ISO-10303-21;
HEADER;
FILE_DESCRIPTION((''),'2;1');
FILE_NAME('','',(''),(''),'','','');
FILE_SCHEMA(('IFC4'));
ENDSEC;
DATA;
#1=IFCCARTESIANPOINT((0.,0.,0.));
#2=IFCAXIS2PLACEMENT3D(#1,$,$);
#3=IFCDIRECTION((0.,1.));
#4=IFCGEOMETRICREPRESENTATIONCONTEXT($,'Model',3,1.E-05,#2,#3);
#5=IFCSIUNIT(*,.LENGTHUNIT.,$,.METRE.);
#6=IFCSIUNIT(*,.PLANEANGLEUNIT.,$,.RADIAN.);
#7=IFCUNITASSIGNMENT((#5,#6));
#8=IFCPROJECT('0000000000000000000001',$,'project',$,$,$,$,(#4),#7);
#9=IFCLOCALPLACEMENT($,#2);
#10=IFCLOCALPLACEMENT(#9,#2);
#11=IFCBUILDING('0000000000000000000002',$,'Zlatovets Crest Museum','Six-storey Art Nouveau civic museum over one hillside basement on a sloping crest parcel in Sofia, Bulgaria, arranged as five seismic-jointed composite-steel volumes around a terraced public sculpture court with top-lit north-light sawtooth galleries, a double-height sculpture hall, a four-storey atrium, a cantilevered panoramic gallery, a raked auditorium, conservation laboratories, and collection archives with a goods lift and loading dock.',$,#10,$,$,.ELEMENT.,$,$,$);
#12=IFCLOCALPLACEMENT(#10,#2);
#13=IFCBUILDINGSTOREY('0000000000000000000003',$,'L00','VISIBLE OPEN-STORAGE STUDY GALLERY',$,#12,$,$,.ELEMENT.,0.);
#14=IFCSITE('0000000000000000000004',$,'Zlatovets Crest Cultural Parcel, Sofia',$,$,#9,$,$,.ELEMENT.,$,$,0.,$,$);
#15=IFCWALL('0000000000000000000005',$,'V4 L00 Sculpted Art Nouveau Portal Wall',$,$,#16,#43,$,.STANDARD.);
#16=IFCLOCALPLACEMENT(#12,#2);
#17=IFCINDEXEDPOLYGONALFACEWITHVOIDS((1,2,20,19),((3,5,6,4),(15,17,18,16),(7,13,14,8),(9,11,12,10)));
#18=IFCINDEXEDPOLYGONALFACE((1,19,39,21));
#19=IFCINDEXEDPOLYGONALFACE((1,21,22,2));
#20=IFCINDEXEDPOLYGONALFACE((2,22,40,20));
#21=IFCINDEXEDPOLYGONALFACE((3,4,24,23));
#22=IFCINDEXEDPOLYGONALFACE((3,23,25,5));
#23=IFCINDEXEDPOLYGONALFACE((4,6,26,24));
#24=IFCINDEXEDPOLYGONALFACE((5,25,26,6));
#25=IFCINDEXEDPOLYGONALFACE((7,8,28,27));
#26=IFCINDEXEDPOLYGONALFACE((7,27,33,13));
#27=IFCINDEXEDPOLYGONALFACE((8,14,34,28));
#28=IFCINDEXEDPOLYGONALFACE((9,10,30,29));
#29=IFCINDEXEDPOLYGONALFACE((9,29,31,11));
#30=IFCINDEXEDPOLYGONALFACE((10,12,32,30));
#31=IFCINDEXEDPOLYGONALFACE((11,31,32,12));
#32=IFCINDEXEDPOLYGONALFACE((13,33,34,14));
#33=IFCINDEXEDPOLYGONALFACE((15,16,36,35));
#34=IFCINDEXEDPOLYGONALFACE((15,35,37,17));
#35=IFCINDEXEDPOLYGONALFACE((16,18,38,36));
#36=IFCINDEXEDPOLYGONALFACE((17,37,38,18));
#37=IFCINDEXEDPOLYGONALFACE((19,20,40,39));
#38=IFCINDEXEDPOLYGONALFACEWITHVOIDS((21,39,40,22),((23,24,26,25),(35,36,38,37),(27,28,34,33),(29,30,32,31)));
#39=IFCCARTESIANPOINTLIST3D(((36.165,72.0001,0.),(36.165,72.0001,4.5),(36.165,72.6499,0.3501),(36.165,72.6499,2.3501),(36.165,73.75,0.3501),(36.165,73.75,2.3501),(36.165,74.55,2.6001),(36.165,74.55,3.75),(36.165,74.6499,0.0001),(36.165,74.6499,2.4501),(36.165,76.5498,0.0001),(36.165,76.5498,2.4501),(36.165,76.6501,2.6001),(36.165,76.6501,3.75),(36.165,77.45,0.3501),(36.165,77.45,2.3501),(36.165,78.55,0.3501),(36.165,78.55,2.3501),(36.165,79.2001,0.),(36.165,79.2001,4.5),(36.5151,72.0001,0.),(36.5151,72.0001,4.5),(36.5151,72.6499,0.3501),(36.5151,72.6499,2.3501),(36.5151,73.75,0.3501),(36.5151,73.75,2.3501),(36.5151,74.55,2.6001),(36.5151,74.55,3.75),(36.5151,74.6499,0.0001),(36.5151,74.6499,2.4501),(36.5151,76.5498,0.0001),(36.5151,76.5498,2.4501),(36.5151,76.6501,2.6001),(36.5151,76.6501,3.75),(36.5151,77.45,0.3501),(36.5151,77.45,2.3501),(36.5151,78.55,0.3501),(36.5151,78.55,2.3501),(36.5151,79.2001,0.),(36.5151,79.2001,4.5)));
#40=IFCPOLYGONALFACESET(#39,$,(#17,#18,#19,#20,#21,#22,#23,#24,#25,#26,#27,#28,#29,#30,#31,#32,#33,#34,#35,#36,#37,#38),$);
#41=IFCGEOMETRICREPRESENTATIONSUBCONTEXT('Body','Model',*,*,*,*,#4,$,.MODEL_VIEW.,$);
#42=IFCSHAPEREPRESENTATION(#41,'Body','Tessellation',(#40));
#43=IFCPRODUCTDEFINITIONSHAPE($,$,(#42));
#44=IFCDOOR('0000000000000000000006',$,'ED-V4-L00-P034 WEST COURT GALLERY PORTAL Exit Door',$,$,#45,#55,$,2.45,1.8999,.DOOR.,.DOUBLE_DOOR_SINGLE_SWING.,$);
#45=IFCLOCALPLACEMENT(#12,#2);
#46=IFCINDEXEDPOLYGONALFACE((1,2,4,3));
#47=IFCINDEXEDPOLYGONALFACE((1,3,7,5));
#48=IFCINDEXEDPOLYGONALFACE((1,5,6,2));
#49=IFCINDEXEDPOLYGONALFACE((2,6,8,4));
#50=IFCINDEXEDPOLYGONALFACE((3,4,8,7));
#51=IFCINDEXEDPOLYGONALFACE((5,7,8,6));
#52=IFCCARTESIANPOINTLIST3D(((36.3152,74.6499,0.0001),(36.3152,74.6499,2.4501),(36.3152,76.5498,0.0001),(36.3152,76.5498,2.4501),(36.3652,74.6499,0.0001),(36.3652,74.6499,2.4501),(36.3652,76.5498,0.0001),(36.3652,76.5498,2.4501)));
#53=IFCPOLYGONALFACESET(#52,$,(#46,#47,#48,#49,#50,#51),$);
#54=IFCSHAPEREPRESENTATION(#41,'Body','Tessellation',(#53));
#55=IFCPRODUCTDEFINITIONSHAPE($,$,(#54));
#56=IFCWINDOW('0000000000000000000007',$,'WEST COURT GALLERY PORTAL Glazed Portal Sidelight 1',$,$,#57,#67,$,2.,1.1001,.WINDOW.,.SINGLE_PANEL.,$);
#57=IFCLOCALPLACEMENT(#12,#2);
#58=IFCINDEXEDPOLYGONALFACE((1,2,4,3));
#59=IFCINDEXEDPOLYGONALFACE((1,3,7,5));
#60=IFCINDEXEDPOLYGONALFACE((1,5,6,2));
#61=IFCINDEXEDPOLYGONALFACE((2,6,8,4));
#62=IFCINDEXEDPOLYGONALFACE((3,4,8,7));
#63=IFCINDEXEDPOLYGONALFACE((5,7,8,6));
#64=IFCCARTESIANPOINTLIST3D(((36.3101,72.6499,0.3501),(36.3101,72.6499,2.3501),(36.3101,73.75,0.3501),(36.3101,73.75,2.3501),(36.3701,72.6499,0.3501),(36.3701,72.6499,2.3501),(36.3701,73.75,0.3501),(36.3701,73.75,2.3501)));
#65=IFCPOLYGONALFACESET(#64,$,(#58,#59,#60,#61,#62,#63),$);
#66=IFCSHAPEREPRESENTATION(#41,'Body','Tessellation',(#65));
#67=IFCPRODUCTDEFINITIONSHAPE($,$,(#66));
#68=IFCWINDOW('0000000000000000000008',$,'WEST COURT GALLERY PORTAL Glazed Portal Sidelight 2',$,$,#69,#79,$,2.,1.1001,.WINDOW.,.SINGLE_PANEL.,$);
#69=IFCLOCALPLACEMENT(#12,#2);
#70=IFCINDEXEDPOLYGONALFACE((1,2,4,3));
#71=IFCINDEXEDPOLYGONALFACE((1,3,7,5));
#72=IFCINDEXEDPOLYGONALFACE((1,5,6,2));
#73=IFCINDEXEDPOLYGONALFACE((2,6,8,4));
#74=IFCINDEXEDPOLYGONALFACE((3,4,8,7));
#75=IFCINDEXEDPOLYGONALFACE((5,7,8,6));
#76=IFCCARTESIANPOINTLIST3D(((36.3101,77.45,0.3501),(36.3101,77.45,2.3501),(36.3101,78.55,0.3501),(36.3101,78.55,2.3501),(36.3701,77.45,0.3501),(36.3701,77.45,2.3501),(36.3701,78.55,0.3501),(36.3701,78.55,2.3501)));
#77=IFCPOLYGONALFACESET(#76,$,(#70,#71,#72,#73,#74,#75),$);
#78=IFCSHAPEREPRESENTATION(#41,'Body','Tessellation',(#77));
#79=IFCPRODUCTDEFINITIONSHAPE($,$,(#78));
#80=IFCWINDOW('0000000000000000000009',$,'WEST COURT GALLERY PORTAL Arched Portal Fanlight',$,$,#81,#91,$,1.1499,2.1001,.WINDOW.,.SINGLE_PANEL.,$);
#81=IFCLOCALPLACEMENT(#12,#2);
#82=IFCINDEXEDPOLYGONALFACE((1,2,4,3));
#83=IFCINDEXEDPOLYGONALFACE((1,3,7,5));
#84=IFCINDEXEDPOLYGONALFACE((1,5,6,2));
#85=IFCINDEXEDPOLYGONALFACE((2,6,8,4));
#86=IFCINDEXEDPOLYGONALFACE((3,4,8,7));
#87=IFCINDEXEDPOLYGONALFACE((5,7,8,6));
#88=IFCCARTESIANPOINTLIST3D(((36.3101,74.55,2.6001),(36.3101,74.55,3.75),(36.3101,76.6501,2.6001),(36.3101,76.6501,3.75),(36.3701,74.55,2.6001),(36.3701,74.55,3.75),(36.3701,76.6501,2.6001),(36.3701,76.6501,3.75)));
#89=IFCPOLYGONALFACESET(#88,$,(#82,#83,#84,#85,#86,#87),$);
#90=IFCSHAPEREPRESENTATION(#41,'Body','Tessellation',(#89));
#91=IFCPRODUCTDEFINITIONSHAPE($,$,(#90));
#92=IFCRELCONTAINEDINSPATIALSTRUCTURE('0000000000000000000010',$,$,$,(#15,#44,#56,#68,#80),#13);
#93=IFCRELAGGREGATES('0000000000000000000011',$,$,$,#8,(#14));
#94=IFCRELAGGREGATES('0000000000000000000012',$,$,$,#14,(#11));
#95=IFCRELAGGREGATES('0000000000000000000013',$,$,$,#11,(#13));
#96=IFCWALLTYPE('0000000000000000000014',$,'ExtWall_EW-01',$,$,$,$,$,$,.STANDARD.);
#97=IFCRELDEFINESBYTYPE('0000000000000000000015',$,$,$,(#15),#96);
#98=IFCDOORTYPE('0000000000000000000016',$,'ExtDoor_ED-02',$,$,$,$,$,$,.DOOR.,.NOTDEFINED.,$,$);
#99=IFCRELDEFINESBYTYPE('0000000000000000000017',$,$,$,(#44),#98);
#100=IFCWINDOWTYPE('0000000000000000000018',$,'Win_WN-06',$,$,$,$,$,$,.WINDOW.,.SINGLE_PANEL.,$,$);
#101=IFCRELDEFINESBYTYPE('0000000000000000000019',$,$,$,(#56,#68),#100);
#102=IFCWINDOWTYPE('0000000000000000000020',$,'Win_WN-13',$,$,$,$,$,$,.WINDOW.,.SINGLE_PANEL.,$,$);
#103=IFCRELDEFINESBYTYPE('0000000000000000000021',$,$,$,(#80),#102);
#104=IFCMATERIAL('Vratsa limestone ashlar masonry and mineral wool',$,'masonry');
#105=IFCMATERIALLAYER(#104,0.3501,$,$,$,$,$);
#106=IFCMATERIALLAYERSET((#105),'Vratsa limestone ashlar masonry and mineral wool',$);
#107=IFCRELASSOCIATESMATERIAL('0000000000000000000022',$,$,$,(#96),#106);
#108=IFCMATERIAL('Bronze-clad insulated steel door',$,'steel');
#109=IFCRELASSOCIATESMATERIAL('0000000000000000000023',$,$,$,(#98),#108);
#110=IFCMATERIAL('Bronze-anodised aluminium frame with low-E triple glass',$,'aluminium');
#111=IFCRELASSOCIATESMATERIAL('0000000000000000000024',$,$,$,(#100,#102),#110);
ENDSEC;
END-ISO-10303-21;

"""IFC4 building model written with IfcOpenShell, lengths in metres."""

from ifc_helpers import new_model, si_unit, direction, frame, frame_2d, origin, place, context, subcontext, project, spatial, rectangle, extrude, material, layer, layer_set, type_object, element, fill, save


model = new_model("IFC4")

# Units and contexts
model_context = context("Model", 3, precision=1e-05, world=origin(), true_north=direction((0.0, 1.0)))
body_context = subcontext(model_context, "Body", "Model", "MODEL_VIEW")
ifc_project = project(units=[si_unit("LENGTHUNIT", "METRE"), si_unit("PLANEANGLEUNIT", "RADIAN")], contexts=[model_context])

# Site, building, storey
site_placement = place(None, origin())
site = spatial("IfcSite", under=ifc_project, at=site_placement, Name="Zlatovets Crest Cultural Parcel, Sofia", CompositionType="ELEMENT", RefElevation=0.0)
building_placement = place(site_placement, origin())
building = spatial("IfcBuilding", under=site, at=building_placement, Name="Zlatovets Crest Museum", Description="Six-storey Art Nouveau civic museum over one hillside basement on a sloping crest parcel in Sofia, Bulgaria, arranged as five seismic-jointed composite-steel volumes around a terraced public sculpture court with top-lit north-light sawtooth galleries, a double-height sculpture hall, a four-storey atrium, a cantilevered panoramic gallery, a raked auditorium, conservation laboratories, and collection archives with a goods lift and loading dock.", CompositionType="ELEMENT")
storey_placement = place(building_placement, origin())
storey = spatial("IfcBuildingStorey", under=building, at=storey_placement, Name="L00", Description="VISIBLE OPEN-STORAGE STUDY GALLERY", CompositionType="ELEMENT", Elevation=0.0)

# Wall, openings, door, windows
ifc_material_1 = material(Name="Vratsa limestone ashlar masonry and mineral wool", Category="masonry")
ifc_layer_1 = layer(ifc_material_1, 0.3501)
ifc_layer_set_1 = layer_set([ifc_layer_1], Name="Vratsa limestone ashlar masonry and mineral wool")
wall_type_1 = type_object("IfcWallType", Name="ExtWall_EW-01", PredefinedType="STANDARD", material=ifc_layer_set_1)
wall_1_placement = place(storey_placement, frame((36.3401, 72.0, 0.0), z_axis=(0.0, 0.0, 1.0), x_axis=(0.0, 1.0, 0.0)))
wall_1 = element("IfcWall", 1, at=wall_1_placement, inside=storey, type_object=wall_type_1, Name="V4 L00 Sculpted Art Nouveau Portal Wall", PredefinedType="STANDARD", context=body_context, shape_type="SweptSolid", body=[
    extrude(rectangle(XDim=7.2, YDim=0.3501, at=frame_2d((3.6001, 0.0))), origin(), (0.0, 0.0, 1.0), 4.5),
])
opening_1_placement = place(wall_1_placement, frame((2.6499, 0.0, 0.0)))
opening_1 = element("IfcOpeningElement", 2, at=opening_1_placement, cuts=wall_1, PredefinedType="OPENING", context=body_context, shape_type="SweptSolid", body=[
    extrude(rectangle(XDim=1.8999, YDim=2.45, at=frame_2d((0.95, 1.2251))), frame((0.0, 0.1851, 0.0), z_axis=(0.0, -1.0, 0.0), x_axis=(1.0, 0.0, 0.0)), (0.0, 0.0, 1.0), 0.3701),
])
opening_2_placement = place(wall_1_placement, frame((2.55, 0.0, 2.6001)))
opening_2 = element("IfcOpeningElement", 3, at=opening_2_placement, cuts=wall_1, PredefinedType="OPENING", context=body_context, shape_type="SweptSolid", body=[
    extrude(rectangle(XDim=2.1001, YDim=1.1499, at=frame_2d((1.05, 0.575))), frame((0.0, 0.1851, 0.0), z_axis=(0.0, -1.0, 0.0), x_axis=(1.0, 0.0, 0.0)), (0.0, 0.0, 1.0), 0.3701),
])
opening_3_placement = place(wall_1_placement, frame((0.6499, 0.0, 0.3501)))
opening_3 = element("IfcOpeningElement", 4, at=opening_3_placement, cuts=wall_1, PredefinedType="OPENING", context=body_context, shape_type="SweptSolid", body=[
    extrude(rectangle(XDim=1.1001, YDim=2.0, at=frame_2d((0.55, 1.0))), frame((0.0, 0.1851, 0.0), z_axis=(0.0, -1.0, 0.0), x_axis=(1.0, 0.0, 0.0)), (0.0, 0.0, 1.0), 0.3701),
])
opening_4_placement = place(wall_1_placement, frame((5.45, 0.0, 0.3501)))
opening_4 = element("IfcOpeningElement", 5, at=opening_4_placement, cuts=wall_1, PredefinedType="OPENING", context=body_context, shape_type="SweptSolid", body=[
    extrude(rectangle(XDim=1.1001, YDim=2.0, at=frame_2d((0.55, 1.0))), frame((0.0, 0.1851, 0.0), z_axis=(0.0, -1.0, 0.0), x_axis=(1.0, 0.0, 0.0)), (0.0, 0.0, 1.0), 0.3701),
])
ifc_material_2 = material(Name="Bronze-clad insulated steel door", Category="steel")
door_type = type_object("IfcDoorType", Name="ExtDoor_ED-02", OperationType="NOTDEFINED", PredefinedType="DOOR", material=ifc_material_2)
door_1_placement = place(opening_1_placement, origin())
door_1 = element("IfcDoor", 6, at=door_1_placement, inside=storey, type_object=door_type, Name="ED-V4-L00-P034 WEST COURT GALLERY PORTAL Exit Door", OperationType="DOUBLE_DOOR_SINGLE_SWING", OverallHeight=2.45, OverallWidth=1.8999, PredefinedType="DOOR", context=body_context, shape_type="SweptSolid", body=[
    extrude(rectangle(XDim=1.8999, YDim=2.45, at=frame_2d((0.95, 1.2251))), frame((0.0, 0.0249, 0.0), z_axis=(0.0, -1.0, 0.0), x_axis=(1.0, 0.0, 0.0)), (0.0, 0.0, 1.0), 0.05),
])
fill(opening_1, door_1)
ifc_material_3 = material(Name="Bronze-anodised aluminium frame with low-E triple glass", Category="aluminium")
window_type_1 = type_object("IfcWindowType", Name="Win_WN-06", PartitioningType="SINGLE_PANEL", PredefinedType="WINDOW", material=ifc_material_3)
window_1_placement = place(opening_3_placement, origin())
window_1 = element("IfcWindow", 7, at=window_1_placement, inside=storey, type_object=window_type_1, Name="WEST COURT GALLERY PORTAL Glazed Portal Sidelight 1", OverallHeight=2.0, OverallWidth=1.1001, PartitioningType="SINGLE_PANEL", PredefinedType="WINDOW", context=body_context, shape_type="SweptSolid", body=[
    extrude(rectangle(XDim=1.1001, YDim=2.0, at=frame_2d((0.55, 1.0))), frame((0.0, 0.03, 0.0), z_axis=(0.0, -1.0, 0.0), x_axis=(1.0, 0.0, 0.0)), (0.0, 0.0, 1.0), 0.0601),
])
fill(opening_3, window_1)
window_2_placement = place(opening_4_placement, origin())
window_2 = element("IfcWindow", 8, at=window_2_placement, inside=storey, type_object=window_type_1, Name="WEST COURT GALLERY PORTAL Glazed Portal Sidelight 2", OverallHeight=2.0, OverallWidth=1.1001, PartitioningType="SINGLE_PANEL", PredefinedType="WINDOW", context=body_context, shape_type="SweptSolid", body=[
    extrude(rectangle(XDim=1.1001, YDim=2.0, at=frame_2d((0.55, 1.0))), frame((0.0, 0.03, 0.0), z_axis=(0.0, -1.0, 0.0), x_axis=(1.0, 0.0, 0.0)), (0.0, 0.0, 1.0), 0.0601),
])
fill(opening_4, window_2)
window_type_2 = type_object("IfcWindowType", Name="Win_WN-13", PartitioningType="SINGLE_PANEL", PredefinedType="WINDOW", material=ifc_material_3)
window_3_placement = place(opening_2_placement, origin())
window_3 = element("IfcWindow", 9, at=window_3_placement, inside=storey, type_object=window_type_2, Name="WEST COURT GALLERY PORTAL Arched Portal Fanlight", OverallHeight=1.1499, OverallWidth=2.1001, PartitioningType="SINGLE_PANEL", PredefinedType="WINDOW", context=body_context, shape_type="SweptSolid", body=[
    extrude(rectangle(XDim=2.1001, YDim=1.1499, at=frame_2d((1.05, 0.575))), frame((0.0, 0.03, 0.0), z_axis=(0.0, -1.0, 0.0), x_axis=(1.0, 0.0, 0.0)), (0.0, 0.0, 1.0), 0.0601),
])
fill(opening_2, window_3)

save(model, "model.ifc")
